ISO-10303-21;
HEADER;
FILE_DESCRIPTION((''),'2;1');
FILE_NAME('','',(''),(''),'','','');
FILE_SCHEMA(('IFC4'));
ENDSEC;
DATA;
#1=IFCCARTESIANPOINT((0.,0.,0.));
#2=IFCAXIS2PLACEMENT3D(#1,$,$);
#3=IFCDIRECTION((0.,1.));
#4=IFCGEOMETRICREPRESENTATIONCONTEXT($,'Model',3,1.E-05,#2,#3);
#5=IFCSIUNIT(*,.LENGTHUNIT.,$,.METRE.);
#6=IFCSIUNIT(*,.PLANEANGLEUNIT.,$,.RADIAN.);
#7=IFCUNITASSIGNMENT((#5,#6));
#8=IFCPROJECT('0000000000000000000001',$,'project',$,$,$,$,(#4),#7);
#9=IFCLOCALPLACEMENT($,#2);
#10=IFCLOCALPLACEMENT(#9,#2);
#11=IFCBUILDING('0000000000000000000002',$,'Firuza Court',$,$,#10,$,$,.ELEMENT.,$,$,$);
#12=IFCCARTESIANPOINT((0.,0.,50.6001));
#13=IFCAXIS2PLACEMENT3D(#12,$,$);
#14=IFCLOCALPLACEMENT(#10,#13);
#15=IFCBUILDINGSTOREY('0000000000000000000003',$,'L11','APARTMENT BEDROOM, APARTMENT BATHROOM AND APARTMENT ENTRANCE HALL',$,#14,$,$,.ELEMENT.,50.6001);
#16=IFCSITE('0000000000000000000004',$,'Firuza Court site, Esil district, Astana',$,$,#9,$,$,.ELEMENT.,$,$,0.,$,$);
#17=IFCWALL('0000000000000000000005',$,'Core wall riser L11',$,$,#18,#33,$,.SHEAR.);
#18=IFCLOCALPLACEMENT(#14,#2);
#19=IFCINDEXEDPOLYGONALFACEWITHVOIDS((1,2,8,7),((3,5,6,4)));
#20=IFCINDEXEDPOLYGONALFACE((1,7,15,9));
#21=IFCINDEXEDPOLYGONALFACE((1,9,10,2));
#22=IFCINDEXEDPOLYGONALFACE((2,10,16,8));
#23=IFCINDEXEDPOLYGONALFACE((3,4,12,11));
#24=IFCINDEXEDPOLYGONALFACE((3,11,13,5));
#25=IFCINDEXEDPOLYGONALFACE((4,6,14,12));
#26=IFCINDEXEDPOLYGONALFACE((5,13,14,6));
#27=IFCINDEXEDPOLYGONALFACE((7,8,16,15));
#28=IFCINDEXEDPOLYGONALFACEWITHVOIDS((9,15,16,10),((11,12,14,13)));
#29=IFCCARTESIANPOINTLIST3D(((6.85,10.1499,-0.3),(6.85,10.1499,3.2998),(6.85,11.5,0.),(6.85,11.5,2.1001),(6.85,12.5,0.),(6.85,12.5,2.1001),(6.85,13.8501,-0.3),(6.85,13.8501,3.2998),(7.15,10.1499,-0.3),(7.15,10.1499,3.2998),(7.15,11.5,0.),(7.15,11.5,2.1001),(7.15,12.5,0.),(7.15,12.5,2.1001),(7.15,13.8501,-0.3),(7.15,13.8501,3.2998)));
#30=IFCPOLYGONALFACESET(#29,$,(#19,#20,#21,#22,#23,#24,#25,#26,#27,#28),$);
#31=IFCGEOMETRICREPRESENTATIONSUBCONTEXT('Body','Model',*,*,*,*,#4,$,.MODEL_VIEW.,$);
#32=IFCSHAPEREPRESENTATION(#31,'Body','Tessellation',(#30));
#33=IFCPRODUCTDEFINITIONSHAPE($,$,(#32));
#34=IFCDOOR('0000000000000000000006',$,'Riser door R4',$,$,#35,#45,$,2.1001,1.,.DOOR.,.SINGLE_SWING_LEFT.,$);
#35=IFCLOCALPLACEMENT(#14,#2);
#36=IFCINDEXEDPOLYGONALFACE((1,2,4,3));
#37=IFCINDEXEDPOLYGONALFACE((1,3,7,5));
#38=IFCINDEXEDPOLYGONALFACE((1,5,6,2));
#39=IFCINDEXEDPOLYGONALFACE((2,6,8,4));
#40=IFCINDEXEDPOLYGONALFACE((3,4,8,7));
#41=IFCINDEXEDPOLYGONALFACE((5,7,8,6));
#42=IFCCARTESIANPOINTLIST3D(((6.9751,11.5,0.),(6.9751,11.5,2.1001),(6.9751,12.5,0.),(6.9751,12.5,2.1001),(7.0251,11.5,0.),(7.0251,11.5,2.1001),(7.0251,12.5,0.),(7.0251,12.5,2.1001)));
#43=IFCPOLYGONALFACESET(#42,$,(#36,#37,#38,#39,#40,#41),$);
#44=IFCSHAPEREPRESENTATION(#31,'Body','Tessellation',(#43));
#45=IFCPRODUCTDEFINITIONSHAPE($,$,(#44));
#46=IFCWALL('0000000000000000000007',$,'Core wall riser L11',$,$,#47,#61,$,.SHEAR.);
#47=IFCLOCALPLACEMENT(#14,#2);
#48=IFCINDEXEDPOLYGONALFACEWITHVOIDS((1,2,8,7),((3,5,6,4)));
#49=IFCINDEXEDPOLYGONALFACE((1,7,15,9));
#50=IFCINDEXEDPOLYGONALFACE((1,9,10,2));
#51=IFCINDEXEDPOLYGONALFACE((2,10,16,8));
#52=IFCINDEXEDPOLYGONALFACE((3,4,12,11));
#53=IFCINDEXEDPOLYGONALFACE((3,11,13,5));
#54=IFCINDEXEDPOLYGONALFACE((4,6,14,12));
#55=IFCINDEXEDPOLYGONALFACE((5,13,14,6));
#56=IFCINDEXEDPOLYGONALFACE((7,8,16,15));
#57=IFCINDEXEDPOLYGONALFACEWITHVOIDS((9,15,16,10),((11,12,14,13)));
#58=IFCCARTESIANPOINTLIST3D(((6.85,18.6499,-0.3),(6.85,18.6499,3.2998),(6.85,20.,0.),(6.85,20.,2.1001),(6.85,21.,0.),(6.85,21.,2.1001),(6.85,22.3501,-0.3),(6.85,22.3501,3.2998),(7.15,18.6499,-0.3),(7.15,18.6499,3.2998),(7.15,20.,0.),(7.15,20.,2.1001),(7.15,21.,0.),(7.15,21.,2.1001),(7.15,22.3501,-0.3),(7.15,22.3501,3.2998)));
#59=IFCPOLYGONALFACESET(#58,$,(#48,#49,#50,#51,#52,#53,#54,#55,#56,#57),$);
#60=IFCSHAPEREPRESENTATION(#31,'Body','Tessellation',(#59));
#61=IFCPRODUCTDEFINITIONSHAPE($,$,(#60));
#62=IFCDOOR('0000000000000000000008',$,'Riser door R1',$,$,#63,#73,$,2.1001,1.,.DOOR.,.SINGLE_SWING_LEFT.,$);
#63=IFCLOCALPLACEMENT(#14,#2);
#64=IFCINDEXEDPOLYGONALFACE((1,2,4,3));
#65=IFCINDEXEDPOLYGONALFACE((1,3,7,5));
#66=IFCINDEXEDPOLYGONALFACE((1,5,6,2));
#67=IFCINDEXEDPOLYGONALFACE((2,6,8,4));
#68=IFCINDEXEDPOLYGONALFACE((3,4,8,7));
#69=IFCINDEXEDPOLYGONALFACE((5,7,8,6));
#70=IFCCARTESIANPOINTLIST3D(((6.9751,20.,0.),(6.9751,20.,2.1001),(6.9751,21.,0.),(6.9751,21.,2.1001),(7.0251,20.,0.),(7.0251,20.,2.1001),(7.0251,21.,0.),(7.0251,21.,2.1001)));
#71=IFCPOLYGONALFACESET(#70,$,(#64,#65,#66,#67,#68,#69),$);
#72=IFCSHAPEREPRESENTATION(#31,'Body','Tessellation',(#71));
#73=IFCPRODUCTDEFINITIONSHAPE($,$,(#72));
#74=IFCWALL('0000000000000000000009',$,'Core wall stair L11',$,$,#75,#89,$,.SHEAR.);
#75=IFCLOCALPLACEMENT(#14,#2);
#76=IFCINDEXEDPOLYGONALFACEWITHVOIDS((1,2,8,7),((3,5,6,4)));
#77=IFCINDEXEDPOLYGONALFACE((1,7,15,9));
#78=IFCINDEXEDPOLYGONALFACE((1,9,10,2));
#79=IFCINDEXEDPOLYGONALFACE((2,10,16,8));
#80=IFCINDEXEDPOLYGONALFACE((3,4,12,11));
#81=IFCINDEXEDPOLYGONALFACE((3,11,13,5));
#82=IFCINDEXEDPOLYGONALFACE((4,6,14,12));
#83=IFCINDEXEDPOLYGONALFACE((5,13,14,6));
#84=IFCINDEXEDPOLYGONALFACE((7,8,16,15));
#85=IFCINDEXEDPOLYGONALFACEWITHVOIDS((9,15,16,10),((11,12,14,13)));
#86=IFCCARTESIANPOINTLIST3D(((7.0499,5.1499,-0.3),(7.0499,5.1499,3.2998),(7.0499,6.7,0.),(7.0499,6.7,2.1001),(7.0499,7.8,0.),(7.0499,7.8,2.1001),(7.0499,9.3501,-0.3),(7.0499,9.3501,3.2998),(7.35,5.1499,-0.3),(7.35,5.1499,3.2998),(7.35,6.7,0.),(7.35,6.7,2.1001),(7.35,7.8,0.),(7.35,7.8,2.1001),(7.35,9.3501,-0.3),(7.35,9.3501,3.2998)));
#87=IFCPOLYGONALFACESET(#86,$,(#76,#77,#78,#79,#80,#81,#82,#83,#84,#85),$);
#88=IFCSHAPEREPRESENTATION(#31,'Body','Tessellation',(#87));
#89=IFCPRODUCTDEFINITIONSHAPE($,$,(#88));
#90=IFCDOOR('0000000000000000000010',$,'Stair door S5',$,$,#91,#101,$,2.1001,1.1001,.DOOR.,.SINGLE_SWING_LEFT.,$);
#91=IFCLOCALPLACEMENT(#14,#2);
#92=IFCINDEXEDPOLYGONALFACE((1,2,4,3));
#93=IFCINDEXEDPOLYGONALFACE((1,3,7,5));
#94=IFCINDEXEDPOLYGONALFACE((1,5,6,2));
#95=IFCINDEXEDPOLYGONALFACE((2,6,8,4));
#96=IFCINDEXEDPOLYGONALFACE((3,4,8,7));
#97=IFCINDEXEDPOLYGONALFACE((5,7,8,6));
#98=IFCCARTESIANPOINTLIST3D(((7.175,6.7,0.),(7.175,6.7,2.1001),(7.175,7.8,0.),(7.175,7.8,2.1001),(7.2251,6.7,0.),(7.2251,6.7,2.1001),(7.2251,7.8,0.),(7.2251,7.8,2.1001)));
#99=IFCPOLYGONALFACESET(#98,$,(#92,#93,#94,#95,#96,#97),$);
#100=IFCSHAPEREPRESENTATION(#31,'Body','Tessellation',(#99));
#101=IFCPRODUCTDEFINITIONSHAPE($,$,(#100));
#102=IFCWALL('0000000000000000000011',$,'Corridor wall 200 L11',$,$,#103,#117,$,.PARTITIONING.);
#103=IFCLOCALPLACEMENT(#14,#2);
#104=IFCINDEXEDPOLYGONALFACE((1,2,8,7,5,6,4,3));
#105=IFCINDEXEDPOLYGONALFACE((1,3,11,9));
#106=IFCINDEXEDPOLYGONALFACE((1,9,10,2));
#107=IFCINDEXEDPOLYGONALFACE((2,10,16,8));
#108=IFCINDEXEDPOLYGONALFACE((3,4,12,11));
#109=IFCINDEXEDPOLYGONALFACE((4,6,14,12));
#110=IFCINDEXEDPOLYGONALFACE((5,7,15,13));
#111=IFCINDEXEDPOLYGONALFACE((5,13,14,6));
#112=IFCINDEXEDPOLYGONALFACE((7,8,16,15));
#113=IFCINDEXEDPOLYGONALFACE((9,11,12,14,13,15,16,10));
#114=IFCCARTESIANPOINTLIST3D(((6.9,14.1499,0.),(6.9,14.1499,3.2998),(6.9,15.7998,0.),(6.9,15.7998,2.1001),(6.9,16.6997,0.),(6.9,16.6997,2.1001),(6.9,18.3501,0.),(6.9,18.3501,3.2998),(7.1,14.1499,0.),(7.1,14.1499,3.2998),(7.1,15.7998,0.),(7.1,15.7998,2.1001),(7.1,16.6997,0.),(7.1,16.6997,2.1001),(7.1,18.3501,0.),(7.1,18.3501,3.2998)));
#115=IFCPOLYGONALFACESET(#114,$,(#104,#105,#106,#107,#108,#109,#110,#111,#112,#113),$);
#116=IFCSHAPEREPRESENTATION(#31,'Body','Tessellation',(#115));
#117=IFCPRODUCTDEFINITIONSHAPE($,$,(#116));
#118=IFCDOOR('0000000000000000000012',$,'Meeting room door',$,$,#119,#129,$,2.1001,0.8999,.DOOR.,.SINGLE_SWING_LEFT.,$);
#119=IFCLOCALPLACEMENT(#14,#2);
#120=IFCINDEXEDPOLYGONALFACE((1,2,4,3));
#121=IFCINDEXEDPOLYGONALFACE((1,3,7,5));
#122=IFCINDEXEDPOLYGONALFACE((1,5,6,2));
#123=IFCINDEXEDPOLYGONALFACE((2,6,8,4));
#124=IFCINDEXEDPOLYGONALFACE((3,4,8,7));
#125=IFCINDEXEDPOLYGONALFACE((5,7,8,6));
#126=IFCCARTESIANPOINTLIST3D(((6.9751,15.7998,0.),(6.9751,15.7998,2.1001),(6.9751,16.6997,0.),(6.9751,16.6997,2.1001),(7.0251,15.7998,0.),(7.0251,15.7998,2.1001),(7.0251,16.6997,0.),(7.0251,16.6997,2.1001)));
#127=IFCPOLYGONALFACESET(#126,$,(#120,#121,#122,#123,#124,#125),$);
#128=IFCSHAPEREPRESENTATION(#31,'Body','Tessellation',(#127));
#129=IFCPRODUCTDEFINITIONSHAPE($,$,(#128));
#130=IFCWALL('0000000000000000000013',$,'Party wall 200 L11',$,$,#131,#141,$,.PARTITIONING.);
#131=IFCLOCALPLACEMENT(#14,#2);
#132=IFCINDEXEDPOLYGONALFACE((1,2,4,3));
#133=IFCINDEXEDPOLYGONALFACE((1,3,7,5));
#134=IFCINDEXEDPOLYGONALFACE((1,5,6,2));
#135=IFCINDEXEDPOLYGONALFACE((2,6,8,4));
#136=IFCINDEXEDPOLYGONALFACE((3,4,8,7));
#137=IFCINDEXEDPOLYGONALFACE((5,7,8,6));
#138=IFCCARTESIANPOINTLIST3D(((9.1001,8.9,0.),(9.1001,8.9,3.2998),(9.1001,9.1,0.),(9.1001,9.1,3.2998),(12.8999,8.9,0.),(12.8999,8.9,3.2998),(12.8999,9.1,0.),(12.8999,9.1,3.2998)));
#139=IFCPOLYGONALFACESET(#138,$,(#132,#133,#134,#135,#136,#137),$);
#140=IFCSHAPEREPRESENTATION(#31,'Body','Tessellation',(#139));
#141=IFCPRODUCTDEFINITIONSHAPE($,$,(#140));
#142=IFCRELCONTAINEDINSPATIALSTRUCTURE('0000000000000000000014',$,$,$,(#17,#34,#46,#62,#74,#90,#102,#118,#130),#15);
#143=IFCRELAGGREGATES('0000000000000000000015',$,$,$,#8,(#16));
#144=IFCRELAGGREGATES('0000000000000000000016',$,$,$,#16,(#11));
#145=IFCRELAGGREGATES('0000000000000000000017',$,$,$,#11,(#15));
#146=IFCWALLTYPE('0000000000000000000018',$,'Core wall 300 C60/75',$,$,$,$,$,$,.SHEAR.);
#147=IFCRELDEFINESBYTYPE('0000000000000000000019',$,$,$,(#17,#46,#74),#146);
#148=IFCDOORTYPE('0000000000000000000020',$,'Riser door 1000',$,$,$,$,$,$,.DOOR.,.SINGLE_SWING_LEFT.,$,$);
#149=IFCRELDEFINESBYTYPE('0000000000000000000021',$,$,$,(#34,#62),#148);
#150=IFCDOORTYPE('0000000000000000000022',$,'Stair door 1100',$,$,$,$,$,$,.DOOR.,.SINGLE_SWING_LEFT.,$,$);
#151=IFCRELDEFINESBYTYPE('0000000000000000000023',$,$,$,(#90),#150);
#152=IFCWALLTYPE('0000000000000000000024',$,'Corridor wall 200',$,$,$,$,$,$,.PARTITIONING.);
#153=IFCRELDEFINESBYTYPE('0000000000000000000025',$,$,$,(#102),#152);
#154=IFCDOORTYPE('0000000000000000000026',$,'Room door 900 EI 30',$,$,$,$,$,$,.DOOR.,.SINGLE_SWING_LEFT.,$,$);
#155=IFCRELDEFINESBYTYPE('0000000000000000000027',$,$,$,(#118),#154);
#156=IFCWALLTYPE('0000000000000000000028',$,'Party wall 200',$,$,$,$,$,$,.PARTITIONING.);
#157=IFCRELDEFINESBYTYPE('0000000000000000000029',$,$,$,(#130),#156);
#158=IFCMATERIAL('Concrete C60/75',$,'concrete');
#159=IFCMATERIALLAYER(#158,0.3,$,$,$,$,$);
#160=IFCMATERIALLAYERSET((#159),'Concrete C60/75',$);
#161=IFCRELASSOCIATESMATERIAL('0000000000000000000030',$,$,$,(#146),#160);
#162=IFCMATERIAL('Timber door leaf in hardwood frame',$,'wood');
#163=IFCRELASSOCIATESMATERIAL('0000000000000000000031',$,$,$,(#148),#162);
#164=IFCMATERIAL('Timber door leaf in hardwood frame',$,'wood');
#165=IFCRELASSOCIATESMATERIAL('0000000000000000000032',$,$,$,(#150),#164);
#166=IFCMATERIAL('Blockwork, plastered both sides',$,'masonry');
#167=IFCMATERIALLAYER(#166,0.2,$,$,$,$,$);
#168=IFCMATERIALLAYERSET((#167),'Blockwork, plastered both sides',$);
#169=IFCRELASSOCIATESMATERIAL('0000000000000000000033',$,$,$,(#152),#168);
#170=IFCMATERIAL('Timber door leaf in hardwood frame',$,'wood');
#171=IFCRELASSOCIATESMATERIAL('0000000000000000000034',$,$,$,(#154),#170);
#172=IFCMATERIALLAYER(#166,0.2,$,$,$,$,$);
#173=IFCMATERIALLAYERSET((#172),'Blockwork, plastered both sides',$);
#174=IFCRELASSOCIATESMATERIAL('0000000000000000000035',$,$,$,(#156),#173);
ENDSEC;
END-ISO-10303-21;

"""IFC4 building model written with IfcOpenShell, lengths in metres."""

from ifc_helpers import new_model, si_unit, direction, frame, frame_2d, origin, place, context, subcontext, project, spatial, rectangle, extrude, material, layer, layer_set, type_object, element, fill, save


model = new_model("IFC4")

# Units and contexts
model_context = context("Model", 3, precision=1e-05, world=origin(), true_north=direction((0.0, 1.0)))
body_context = subcontext(model_context, "Body", "Model", "MODEL_VIEW")
ifc_project = project(units=[si_unit("LENGTHUNIT", "METRE"), si_unit("PLANEANGLEUNIT", "RADIAN")], contexts=[model_context])

# Site, building, storey
site_placement = place(None, origin())
site = spatial("IfcSite", under=ifc_project, at=site_placement, Name="Firuza Court site, Esil district, Astana", CompositionType="ELEMENT", RefElevation=0.0)
building_placement = place(site_placement, origin())
building = spatial("IfcBuilding", under=site, at=building_placement, Name="Firuza Court", CompositionType="ELEMENT")
storey_placement = place(building_placement, frame((0.0, 0.0, 50.6001)))
storey = spatial("IfcBuildingStorey", under=building, at=storey_placement, Name="L11", Description="APARTMENT BEDROOM, APARTMENT BATHROOM AND APARTMENT ENTRANCE HALL", CompositionType="ELEMENT", Elevation=50.6001)

# Shared definitions
ifc_material_1 = material(Name="Concrete C60/75", Category="concrete")
ifc_layer_1 = layer(ifc_material_1, 0.3)
ifc_layer_set_1 = layer_set([ifc_layer_1], Name="Concrete C60/75")
wall_type_1 = type_object("IfcWallType", Name="Core wall 300 C60/75", PredefinedType="SHEAR", material=ifc_layer_set_1)

# Walls, openings, doors
wall_1_placement = place(storey_placement, frame((7.0, 10.1499, -0.3), z_axis=(0.0, 0.0, 1.0), x_axis=(0.0, 1.0, 0.0)))
wall_1 = element("IfcWall", 1, at=wall_1_placement, inside=storey, type_object=wall_type_1, Name="Core wall riser L11", PredefinedType="SHEAR", context=body_context, shape_type="SweptSolid", body=[
    extrude(rectangle(XDim=3.7002, YDim=0.3, at=frame_2d((1.8501, 0.0))), origin(), (0.0, 0.0, 1.0), 3.5999),
])
opening_1_placement = place(wall_1_placement, frame((1.3501, 0.0, 0.3)))
opening_1 = element("IfcOpeningElement", 2, at=opening_1_placement, cuts=wall_1, PredefinedType="OPENING", context=body_context, shape_type="SweptSolid", body=[
    extrude(rectangle(XDim=1.0, YDim=2.1001, at=frame_2d((0.5, 1.05))), frame((0.0, 0.1621, 0.0), z_axis=(0.0, -1.0, 0.0), x_axis=(1.0, 0.0, 0.0)), (0.0, 0.0, 1.0), 0.324),
])
ifc_material_2 = material(Name="Timber door leaf in hardwood frame", Category="wood")
door_type_1 = type_object("IfcDoorType", Name="Riser door 1000", OperationType="SINGLE_SWING_LEFT", PredefinedType="DOOR", material=ifc_material_2)
door_1_placement = place(opening_1_placement, origin())
door_1 = element("IfcDoor", 3, at=door_1_placement, inside=storey, type_object=door_type_1, Name="Riser door R4", OperationType="SINGLE_SWING_LEFT", OverallHeight=2.1001, OverallWidth=1.0, PredefinedType="DOOR", context=body_context, shape_type="SweptSolid", body=[
    extrude(rectangle(XDim=1.0, YDim=2.1001, at=frame_2d((0.5, 1.05))), frame((0.0, 0.0249, 0.0), z_axis=(0.0, -1.0, 0.0), x_axis=(1.0, 0.0, 0.0)), (0.0, 0.0, 1.0), 0.05),
])
fill(opening_1, door_1)
wall_2_placement = place(storey_placement, frame((7.0, 18.6499, -0.3), z_axis=(0.0, 0.0, 1.0), x_axis=(0.0, 1.0, 0.0)))
wall_2 = element("IfcWall", 4, at=wall_2_placement, inside=storey, type_object=wall_type_1, Name="Core wall riser L11", PredefinedType="SHEAR", context=body_context, shape_type="SweptSolid", body=[
    extrude(rectangle(XDim=3.7002, YDim=0.3, at=frame_2d((1.8501, 0.0))), origin(), (0.0, 0.0, 1.0), 3.5999),
])
opening_2_placement = place(wall_2_placement, frame((1.3501, 0.0, 0.3)))
opening_2 = element("IfcOpeningElement", 5, at=opening_2_placement, cuts=wall_2, PredefinedType="OPENING", context=body_context, shape_type="SweptSolid", body=[
    extrude(rectangle(XDim=1.0, YDim=2.1001, at=frame_2d((0.5, 1.05))), frame((0.0, 0.1621, 0.0), z_axis=(0.0, -1.0, 0.0), x_axis=(1.0, 0.0, 0.0)), (0.0, 0.0, 1.0), 0.324),
])
door_2_placement = place(opening_2_placement, origin())
door_2 = element("IfcDoor", 6, at=door_2_placement, inside=storey, type_object=door_type_1, Name="Riser door R1", OperationType="SINGLE_SWING_LEFT", OverallHeight=2.1001, OverallWidth=1.0, PredefinedType="DOOR", context=body_context, shape_type="SweptSolid", body=[
    extrude(rectangle(XDim=1.0, YDim=2.1001, at=frame_2d((0.5, 1.05))), frame((0.0, 0.0249, 0.0), z_axis=(0.0, -1.0, 0.0), x_axis=(1.0, 0.0, 0.0)), (0.0, 0.0, 1.0), 0.05),
])
fill(opening_2, door_2)
wall_3_placement = place(storey_placement, frame((7.2, 5.1499, -0.3), z_axis=(0.0, 0.0, 1.0), x_axis=(0.0, 1.0, 0.0)))
wall_3 = element("IfcWall", 7, at=wall_3_placement, inside=storey, type_object=wall_type_1, Name="Core wall stair L11", PredefinedType="SHEAR", context=body_context, shape_type="SweptSolid", body=[
    extrude(rectangle(XDim=4.2002, YDim=0.3, at=frame_2d((2.1001, 0.0))), origin(), (0.0, 0.0, 1.0), 3.5999),
])
opening_3_placement = place(wall_3_placement, frame((1.55, 0.0, 0.3)))
opening_3 = element("IfcOpeningElement", 8, at=opening_3_placement, cuts=wall_3, PredefinedType="OPENING", context=body_context, shape_type="SweptSolid", body=[
    extrude(rectangle(XDim=1.1001, YDim=2.1001, at=frame_2d((0.55, 1.05))), frame((0.0, 0.1621, 0.0), z_axis=(0.0, -1.0, 0.0), x_axis=(1.0, 0.0, 0.0)), (0.0, 0.0, 1.0), 0.324),
])
ifc_material_3 = material(Name="Timber door leaf in hardwood frame", Category="wood")
door_type_2 = type_object("IfcDoorType", Name="Stair door 1100", OperationType="SINGLE_SWING_LEFT", PredefinedType="DOOR", material=ifc_material_3)
door_3_placement = place(opening_3_placement, origin())
door_3 = element("IfcDoor", 9, at=door_3_placement, inside=storey, type_object=door_type_2, Name="Stair door S5", OperationType="SINGLE_SWING_LEFT", OverallHeight=2.1001, OverallWidth=1.1001, PredefinedType="DOOR", context=body_context, shape_type="SweptSolid", body=[
    extrude(rectangle(XDim=1.1001, YDim=2.1001, at=frame_2d((0.55, 1.05))), frame((0.0, 0.0249, 0.0), z_axis=(0.0, -1.0, 0.0), x_axis=(1.0, 0.0, 0.0)), (0.0, 0.0, 1.0), 0.05),
])
fill(opening_3, door_3)
ifc_material_4 = material(Name="Blockwork, plastered both sides", Category="masonry")
ifc_layer_2 = layer(ifc_material_4, 0.2)
ifc_layer_set_2 = layer_set([ifc_layer_2], Name="Blockwork, plastered both sides")
wall_type_2 = type_object("IfcWallType", Name="Corridor wall 200", PredefinedType="PARTITIONING", material=ifc_layer_set_2)
wall_4_placement = place(storey_placement, frame((7.0, 14.1499, 0.0), z_axis=(0.0, 0.0, 1.0), x_axis=(0.0, 1.0, 0.0)))
wall_4 = element("IfcWall", 10, at=wall_4_placement, inside=storey, type_object=wall_type_2, Name="Corridor wall 200 L11", PredefinedType="PARTITIONING", context=body_context, shape_type="SweptSolid", body=[
    extrude(rectangle(XDim=4.2002, YDim=0.2, at=frame_2d((2.1001, 0.0))), origin(), (0.0, 0.0, 1.0), 3.2998),
])
opening_4_placement = place(wall_4_placement, frame((1.6499, 0.0, 0.0)))
opening_4 = element("IfcOpeningElement", 11, at=opening_4_placement, cuts=wall_4, PredefinedType="OPENING", context=body_context, shape_type="SweptSolid", body=[
    extrude(rectangle(XDim=0.8999, YDim=2.1001, at=frame_2d((0.45, 1.05))), frame((0.0, 0.1118, 0.0), z_axis=(0.0, -1.0, 0.0), x_axis=(1.0, 0.0, 0.0)), (0.0, 0.0, 1.0), 0.2239),
])
ifc_material_5 = material(Name="Timber door leaf in hardwood frame", Category="wood")
door_type_3 = type_object("IfcDoorType", Name="Room door 900 EI 30", OperationType="SINGLE_SWING_LEFT", PredefinedType="DOOR", material=ifc_material_5)
door_4_placement = place(opening_4_placement, origin())
door_4 = element("IfcDoor", 12, at=door_4_placement, inside=storey, type_object=door_type_3, Name="Meeting room door", OperationType="SINGLE_SWING_LEFT", OverallHeight=2.1001, OverallWidth=0.8999, PredefinedType="DOOR", context=body_context, shape_type="SweptSolid", body=[
    extrude(rectangle(XDim=0.8999, YDim=2.1001, at=frame_2d((0.45, 1.05))), frame((0.0, 0.0249, 0.0), z_axis=(0.0, -1.0, 0.0), x_axis=(1.0, 0.0, 0.0)), (0.0, 0.0, 1.0), 0.05),
])
fill(opening_4, door_4)

# Wall
ifc_layer_3 = layer(ifc_material_4, 0.2)
ifc_layer_set_3 = layer_set([ifc_layer_3], Name="Blockwork, plastered both sides")
wall_type_3 = type_object("IfcWallType", Name="Party wall 200", PredefinedType="PARTITIONING", material=ifc_layer_set_3)
wall_5_placement = place(storey_placement, frame((9.1001, 9.0, 0.0), z_axis=(0.0, 0.0, 1.0), x_axis=(1.0, 0.0, 0.0)))
element("IfcWall", 13, at=wall_5_placement, inside=storey, type_object=wall_type_3, Name="Party wall 200 L11", PredefinedType="PARTITIONING", context=body_context, shape_type="SweptSolid", body=[
    extrude(rectangle(XDim=3.7998, YDim=0.2, at=frame_2d((1.8999, 0.0))), origin(), (0.0, 0.0, 1.0), 3.2998),
])

save(model, "model.ifc")
